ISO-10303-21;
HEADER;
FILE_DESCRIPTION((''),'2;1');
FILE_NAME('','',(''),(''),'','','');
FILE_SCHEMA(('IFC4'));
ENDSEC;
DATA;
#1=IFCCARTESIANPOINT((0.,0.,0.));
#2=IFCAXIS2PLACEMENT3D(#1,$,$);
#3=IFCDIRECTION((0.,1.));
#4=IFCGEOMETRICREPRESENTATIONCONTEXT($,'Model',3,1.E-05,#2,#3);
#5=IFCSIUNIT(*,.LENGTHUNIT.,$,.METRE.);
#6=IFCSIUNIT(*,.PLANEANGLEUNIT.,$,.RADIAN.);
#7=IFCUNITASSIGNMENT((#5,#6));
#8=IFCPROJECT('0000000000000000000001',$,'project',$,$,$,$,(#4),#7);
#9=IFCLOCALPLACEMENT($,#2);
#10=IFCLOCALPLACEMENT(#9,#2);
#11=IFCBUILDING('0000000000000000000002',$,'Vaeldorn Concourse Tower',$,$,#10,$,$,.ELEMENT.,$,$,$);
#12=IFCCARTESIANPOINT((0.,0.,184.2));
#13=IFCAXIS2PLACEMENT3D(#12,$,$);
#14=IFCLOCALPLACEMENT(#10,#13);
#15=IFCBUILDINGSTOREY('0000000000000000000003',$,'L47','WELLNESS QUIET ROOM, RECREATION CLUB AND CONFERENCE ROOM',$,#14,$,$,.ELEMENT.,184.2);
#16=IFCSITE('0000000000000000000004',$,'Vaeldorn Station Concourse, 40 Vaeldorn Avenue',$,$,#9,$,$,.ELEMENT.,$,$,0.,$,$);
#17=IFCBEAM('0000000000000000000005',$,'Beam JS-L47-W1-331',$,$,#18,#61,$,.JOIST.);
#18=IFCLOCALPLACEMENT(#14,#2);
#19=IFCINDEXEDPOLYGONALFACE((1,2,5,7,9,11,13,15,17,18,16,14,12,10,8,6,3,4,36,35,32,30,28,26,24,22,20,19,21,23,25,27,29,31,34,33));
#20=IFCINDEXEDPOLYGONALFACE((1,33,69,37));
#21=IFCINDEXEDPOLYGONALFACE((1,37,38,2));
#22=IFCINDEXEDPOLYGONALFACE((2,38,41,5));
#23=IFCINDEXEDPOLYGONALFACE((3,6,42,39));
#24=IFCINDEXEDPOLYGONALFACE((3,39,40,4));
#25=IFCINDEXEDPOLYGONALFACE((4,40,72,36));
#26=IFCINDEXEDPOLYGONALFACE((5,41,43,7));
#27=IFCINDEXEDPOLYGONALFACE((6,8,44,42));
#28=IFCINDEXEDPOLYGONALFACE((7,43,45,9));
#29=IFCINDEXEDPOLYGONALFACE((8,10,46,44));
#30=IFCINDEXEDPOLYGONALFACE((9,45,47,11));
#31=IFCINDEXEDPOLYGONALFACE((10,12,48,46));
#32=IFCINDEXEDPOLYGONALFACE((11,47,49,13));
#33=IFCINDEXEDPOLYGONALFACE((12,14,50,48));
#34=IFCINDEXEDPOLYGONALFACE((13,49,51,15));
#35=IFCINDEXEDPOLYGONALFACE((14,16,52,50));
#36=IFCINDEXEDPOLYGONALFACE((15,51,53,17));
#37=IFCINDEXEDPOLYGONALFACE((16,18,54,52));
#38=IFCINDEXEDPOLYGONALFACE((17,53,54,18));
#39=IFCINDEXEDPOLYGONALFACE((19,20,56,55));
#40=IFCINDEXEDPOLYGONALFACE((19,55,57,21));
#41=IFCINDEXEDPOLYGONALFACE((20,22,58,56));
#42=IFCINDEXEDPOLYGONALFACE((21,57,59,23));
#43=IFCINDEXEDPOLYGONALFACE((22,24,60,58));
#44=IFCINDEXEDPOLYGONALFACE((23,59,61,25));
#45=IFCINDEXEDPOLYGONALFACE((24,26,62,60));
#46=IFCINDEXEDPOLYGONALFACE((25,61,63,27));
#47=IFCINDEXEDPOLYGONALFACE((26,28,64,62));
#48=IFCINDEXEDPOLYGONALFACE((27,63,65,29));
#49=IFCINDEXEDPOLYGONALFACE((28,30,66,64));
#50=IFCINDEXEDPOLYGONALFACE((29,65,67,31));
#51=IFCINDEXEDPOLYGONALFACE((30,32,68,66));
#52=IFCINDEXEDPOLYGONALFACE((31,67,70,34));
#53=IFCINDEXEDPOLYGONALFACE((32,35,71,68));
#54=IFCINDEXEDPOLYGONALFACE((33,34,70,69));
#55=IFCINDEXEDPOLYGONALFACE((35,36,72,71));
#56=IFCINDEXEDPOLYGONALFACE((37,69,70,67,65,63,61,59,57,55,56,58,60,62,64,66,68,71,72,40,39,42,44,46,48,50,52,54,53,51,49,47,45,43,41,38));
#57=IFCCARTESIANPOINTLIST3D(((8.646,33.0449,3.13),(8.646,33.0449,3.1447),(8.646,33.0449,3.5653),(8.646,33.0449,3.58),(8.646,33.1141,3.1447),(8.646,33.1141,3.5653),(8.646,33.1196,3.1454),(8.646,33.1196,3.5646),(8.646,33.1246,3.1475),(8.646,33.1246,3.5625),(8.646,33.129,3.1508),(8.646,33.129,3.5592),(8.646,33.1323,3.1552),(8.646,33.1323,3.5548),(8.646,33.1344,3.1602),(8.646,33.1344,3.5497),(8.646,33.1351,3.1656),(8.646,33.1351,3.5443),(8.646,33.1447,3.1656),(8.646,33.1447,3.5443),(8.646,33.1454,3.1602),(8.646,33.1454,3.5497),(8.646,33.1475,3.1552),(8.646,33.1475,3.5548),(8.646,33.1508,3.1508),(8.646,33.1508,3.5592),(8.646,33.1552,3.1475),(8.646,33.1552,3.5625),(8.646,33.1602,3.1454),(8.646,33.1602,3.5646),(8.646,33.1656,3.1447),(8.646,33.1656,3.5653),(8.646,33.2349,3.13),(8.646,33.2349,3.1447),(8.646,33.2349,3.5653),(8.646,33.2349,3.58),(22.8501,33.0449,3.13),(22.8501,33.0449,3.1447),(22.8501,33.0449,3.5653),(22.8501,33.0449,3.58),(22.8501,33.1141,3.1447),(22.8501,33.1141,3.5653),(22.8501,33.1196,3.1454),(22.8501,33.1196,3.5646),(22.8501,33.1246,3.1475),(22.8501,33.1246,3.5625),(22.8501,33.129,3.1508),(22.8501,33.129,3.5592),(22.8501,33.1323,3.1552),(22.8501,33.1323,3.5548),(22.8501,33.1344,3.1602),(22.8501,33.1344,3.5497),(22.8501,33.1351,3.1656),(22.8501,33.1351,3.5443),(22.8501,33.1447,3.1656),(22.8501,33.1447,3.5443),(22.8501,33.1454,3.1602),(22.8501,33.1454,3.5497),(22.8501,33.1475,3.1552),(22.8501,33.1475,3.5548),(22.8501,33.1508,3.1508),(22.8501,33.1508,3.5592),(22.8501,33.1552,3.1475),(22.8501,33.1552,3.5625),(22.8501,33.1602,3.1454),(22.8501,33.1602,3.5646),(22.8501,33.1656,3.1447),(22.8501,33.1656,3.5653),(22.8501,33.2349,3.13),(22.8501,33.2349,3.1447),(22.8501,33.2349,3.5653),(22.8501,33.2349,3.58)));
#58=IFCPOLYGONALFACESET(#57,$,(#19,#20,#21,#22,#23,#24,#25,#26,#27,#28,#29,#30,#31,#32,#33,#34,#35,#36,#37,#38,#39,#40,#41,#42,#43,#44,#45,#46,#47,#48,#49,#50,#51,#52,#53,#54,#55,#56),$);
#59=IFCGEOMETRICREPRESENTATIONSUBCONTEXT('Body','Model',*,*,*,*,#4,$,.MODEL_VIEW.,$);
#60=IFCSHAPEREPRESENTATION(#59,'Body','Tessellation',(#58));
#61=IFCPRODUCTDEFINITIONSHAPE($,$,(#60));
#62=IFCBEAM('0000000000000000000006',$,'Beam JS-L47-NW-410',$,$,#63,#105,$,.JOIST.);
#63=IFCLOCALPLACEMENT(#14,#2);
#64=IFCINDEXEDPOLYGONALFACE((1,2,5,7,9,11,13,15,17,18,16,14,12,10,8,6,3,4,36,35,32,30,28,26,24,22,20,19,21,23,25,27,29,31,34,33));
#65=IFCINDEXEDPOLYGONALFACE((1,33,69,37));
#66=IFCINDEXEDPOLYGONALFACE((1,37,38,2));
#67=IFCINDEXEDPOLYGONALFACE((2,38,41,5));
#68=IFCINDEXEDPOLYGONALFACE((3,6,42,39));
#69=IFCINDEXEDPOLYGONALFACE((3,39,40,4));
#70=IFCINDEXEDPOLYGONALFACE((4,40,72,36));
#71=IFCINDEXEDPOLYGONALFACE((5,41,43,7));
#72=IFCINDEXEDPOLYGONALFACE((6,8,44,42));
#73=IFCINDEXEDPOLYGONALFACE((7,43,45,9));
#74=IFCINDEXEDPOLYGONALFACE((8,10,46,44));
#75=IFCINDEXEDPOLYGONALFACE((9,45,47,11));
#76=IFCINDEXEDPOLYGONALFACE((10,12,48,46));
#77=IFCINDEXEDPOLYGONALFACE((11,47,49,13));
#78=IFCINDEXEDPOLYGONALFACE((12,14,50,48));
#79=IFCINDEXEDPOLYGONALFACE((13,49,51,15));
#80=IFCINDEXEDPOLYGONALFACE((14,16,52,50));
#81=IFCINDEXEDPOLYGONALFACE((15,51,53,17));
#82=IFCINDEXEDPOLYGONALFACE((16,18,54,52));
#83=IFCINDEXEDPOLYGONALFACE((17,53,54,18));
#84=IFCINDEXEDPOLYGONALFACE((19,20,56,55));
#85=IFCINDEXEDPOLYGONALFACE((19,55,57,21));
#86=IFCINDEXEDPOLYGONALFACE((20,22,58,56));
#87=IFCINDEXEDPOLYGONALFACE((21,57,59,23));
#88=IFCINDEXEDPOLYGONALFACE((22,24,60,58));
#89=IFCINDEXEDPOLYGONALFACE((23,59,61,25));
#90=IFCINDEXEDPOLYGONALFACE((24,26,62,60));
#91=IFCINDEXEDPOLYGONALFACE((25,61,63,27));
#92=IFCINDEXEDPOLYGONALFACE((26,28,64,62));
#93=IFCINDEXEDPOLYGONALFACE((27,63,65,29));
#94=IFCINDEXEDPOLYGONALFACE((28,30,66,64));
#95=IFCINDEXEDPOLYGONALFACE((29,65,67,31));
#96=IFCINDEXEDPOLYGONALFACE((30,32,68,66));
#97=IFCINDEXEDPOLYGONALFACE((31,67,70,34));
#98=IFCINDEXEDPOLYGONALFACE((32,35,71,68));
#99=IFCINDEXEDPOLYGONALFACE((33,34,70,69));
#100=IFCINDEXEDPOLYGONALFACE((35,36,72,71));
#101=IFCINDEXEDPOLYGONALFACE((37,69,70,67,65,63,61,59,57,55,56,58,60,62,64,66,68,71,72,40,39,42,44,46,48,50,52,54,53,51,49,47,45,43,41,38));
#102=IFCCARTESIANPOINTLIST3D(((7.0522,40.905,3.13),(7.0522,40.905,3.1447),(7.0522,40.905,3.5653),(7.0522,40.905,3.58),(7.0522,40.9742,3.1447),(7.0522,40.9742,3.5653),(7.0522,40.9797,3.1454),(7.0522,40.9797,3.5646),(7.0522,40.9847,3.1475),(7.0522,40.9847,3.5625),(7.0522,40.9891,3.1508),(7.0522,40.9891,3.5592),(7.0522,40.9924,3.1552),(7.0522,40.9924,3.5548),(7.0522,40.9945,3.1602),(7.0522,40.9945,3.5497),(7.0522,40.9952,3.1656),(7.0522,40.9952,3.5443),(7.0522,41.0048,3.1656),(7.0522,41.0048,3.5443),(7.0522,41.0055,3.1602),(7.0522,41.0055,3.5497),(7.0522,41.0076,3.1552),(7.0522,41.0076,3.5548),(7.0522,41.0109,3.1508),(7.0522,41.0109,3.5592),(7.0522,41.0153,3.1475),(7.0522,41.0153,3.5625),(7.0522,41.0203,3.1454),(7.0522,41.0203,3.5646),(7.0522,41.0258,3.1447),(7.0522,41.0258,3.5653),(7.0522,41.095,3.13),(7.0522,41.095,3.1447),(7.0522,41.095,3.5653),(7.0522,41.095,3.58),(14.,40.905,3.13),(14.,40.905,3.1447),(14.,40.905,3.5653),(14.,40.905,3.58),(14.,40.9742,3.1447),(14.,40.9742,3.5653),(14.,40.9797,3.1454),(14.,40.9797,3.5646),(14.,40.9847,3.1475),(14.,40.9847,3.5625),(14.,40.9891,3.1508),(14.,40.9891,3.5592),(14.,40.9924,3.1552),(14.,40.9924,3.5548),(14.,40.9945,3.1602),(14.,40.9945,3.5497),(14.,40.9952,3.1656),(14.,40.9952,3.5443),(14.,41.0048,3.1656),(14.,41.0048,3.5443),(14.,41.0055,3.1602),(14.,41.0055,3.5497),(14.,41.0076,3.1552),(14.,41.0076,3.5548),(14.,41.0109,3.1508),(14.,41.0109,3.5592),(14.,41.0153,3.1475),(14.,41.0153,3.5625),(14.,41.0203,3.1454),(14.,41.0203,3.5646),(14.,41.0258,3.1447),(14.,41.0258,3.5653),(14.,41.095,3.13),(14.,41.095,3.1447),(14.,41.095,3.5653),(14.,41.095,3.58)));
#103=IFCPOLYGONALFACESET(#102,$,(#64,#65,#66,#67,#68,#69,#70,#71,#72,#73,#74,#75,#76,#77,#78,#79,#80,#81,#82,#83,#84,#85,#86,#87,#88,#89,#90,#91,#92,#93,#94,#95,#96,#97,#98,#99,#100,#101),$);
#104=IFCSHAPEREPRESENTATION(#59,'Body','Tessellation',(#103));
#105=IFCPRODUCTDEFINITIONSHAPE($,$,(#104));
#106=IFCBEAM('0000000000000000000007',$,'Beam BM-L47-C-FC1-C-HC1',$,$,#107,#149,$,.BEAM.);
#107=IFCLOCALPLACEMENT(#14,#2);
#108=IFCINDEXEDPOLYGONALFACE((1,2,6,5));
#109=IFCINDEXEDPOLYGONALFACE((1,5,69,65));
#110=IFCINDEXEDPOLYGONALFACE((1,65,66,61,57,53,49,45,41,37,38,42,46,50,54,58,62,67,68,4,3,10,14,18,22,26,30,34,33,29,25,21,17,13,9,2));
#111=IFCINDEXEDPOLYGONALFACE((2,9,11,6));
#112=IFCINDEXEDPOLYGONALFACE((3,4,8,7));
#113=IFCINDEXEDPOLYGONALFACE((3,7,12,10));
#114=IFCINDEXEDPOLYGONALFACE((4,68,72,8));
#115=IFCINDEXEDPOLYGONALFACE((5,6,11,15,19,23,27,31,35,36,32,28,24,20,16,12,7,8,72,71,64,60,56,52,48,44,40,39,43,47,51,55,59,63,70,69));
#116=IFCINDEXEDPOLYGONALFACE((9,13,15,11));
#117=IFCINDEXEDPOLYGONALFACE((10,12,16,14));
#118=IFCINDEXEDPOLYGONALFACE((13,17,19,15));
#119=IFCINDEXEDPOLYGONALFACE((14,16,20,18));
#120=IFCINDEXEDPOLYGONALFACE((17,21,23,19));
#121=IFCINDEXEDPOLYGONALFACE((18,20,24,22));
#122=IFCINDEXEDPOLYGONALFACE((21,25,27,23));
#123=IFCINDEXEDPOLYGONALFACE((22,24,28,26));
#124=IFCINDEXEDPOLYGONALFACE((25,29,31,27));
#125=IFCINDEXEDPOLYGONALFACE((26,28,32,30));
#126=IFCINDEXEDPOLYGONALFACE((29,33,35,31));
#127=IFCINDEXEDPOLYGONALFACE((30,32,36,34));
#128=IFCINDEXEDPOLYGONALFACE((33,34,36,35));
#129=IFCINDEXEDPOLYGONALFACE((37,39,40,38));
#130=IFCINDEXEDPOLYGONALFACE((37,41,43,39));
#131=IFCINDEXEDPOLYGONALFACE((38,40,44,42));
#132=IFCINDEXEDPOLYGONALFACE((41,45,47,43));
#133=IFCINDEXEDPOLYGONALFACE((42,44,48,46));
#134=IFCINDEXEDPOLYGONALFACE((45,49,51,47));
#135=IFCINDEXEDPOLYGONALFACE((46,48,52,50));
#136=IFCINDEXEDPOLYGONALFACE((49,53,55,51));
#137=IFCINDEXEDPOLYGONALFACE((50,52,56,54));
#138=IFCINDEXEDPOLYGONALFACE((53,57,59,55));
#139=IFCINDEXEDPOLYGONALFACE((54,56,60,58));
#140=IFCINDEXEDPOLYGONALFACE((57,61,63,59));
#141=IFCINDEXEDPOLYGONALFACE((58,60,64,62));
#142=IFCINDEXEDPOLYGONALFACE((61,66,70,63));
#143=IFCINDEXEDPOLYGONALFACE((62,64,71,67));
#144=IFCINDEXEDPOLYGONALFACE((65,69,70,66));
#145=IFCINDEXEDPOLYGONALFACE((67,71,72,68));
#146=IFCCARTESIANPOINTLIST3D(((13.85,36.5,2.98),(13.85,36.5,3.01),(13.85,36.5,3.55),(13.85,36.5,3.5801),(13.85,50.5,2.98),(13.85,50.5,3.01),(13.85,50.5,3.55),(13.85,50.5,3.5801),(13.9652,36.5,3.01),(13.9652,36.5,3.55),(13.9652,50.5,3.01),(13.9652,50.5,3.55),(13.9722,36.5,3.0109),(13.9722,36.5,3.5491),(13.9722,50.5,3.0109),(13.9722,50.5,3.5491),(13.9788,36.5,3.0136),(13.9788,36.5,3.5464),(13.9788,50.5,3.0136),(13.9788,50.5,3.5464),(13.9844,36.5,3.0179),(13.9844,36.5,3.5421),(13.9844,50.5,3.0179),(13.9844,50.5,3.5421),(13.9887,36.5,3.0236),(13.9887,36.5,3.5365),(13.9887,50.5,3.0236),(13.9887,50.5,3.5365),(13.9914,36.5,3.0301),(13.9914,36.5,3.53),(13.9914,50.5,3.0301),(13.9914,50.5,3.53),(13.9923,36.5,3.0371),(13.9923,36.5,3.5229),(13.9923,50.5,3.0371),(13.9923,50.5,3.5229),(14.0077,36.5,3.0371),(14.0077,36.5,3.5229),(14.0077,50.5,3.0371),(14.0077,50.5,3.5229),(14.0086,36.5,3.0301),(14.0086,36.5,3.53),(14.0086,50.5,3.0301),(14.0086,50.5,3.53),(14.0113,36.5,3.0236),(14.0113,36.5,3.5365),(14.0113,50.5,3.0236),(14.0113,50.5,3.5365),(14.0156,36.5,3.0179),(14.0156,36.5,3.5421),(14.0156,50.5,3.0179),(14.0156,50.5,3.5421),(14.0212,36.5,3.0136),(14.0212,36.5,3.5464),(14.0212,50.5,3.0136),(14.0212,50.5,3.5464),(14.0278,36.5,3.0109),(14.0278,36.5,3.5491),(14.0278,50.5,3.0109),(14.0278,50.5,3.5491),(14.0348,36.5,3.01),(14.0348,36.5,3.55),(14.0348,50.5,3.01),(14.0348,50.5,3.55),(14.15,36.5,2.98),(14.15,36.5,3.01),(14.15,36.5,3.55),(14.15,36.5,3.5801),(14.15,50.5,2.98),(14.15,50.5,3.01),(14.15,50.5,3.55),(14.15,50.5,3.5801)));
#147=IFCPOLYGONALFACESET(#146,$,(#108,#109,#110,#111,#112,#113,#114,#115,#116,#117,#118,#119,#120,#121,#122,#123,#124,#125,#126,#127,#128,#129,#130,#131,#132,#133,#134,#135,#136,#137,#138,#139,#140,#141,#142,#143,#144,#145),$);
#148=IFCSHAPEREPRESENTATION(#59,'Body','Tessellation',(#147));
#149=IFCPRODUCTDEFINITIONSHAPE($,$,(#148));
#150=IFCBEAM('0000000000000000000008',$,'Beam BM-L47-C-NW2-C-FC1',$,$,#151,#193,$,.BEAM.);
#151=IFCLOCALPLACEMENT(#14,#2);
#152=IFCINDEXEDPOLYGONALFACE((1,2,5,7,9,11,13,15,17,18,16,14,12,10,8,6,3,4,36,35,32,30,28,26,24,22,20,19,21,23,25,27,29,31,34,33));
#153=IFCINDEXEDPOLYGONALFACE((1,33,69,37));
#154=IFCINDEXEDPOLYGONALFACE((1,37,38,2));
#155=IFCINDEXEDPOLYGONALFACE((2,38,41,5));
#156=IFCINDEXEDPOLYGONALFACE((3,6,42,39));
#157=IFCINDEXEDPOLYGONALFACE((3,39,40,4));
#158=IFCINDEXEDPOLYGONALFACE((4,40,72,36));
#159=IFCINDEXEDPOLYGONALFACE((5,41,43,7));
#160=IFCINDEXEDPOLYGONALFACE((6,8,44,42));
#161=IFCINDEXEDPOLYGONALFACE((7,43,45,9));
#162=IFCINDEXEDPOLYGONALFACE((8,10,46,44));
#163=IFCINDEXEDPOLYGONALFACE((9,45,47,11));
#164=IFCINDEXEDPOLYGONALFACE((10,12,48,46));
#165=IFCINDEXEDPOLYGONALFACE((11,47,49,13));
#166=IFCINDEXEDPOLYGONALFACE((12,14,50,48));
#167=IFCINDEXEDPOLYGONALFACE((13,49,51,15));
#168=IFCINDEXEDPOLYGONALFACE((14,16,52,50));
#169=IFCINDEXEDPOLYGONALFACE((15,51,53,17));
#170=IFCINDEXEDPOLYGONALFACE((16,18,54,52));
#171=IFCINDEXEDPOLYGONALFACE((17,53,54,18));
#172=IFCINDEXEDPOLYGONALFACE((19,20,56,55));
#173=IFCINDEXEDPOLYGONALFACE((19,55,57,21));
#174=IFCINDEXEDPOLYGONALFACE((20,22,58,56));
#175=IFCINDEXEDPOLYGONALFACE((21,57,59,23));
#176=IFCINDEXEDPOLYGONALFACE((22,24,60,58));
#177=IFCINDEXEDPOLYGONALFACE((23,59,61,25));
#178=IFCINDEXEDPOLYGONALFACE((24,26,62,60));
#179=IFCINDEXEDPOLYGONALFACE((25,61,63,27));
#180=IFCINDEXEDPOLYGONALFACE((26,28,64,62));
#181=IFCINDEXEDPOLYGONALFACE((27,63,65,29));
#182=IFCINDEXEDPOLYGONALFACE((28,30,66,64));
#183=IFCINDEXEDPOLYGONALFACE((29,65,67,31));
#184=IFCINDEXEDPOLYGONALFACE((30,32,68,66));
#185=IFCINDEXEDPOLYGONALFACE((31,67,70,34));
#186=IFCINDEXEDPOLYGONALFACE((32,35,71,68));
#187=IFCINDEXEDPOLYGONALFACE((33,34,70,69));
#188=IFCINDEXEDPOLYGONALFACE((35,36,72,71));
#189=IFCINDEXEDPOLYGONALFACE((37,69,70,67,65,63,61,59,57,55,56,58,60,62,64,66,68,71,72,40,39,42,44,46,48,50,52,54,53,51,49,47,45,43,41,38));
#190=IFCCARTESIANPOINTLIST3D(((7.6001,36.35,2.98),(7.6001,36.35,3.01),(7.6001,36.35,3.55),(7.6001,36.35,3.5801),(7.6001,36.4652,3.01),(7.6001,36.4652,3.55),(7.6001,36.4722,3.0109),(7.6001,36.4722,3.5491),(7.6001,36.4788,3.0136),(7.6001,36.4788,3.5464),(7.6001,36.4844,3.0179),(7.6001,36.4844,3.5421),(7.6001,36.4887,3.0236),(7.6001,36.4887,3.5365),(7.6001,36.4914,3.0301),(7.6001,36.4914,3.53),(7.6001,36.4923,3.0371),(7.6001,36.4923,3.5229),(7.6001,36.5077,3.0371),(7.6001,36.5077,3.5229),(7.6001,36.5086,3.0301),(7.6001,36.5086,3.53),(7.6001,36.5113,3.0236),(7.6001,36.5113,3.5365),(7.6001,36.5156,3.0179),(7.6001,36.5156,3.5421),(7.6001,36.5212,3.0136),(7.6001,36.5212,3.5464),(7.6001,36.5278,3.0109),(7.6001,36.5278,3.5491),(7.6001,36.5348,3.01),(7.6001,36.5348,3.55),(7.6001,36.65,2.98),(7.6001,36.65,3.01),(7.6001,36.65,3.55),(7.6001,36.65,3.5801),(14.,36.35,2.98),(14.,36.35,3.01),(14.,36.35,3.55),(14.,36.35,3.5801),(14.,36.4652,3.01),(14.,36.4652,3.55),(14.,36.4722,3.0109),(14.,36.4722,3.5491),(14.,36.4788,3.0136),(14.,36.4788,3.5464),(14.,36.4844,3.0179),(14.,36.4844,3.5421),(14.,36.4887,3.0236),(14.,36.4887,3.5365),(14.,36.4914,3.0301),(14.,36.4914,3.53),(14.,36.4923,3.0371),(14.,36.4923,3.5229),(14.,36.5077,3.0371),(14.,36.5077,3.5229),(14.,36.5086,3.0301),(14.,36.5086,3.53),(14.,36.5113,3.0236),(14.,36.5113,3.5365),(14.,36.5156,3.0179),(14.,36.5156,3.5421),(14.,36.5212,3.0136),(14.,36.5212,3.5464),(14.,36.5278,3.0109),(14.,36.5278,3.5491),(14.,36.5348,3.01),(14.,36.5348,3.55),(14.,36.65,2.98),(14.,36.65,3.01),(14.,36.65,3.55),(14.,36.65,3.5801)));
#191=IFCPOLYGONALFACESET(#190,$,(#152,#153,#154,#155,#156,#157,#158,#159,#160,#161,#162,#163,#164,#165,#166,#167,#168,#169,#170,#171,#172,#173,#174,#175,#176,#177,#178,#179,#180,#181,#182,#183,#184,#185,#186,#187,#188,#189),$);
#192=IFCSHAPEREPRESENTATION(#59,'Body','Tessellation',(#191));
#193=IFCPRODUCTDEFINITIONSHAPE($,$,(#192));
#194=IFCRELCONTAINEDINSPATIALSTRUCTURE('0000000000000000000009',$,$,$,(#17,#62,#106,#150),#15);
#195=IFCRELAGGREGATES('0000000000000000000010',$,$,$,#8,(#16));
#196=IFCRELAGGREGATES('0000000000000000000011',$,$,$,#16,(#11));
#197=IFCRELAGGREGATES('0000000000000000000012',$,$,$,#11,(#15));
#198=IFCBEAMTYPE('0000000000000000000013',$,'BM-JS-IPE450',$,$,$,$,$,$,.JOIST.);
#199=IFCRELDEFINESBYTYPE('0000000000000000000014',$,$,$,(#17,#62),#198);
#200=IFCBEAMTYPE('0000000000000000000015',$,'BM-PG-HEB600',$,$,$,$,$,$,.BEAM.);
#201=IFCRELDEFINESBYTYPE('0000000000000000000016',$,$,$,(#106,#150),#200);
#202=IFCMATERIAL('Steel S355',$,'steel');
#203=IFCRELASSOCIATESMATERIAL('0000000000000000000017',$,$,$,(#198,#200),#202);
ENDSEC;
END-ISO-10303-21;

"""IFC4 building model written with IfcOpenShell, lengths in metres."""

from ifc_helpers import new_model, si_unit, direction, frame, origin, origin_2d, place, context, subcontext, project, spatial, i_section, extrude, source, transform, mapped, material, material_profile, profile_set, type_object, element, save


model = new_model("IFC4")

# Units and contexts
model_context = context("Model", 3, precision=1e-05, world=origin(), true_north=direction((0.0, 1.0)))
body_context = subcontext(model_context, "Body", "Model", "MODEL_VIEW")
ifc_project = project(units=[si_unit("LENGTHUNIT", "METRE"), si_unit("PLANEANGLEUNIT", "RADIAN")], contexts=[model_context])

# Site, building, storey
site_placement = place(None, origin())
site = spatial("IfcSite", under=ifc_project, at=site_placement, Name="Vaeldorn Station Concourse, 40 Vaeldorn Avenue", CompositionType="ELEMENT", RefElevation=0.0)
building_placement = place(site_placement, origin())
building = spatial("IfcBuilding", under=site, at=building_placement, Name="Vaeldorn Concourse Tower", CompositionType="ELEMENT")
storey_placement = place(building_placement, frame((0.0, 0.0, 184.2)))
storey = spatial("IfcBuildingStorey", under=building, at=storey_placement, Name="L47", Description="WELLNESS QUIET ROOM, RECREATION CLUB AND CONFERENCE ROOM", CompositionType="ELEMENT", Elevation=184.2)

# Beams
ifc_material_1 = material(Name="Steel S355", Category="steel")
ifc_material_profile_1 = material_profile(ifc_material_1, i_section(OverallWidth=0.1899, OverallDepth=0.45, WebThickness=0.0095, FlangeThickness=0.0146, FilletRadius=0.021, at=origin_2d()), Name="IPE 450")
ifc_profile_set_1 = profile_set([ifc_material_profile_1], Name="Steel S355")
beam_type_1 = type_object("IfcBeamType", Name="BM-JS-IPE450", PredefinedType="JOIST", material=ifc_profile_set_1)
shared_shape_1 = source(origin(), body_context, "Body", "SweptSolid", [
    extrude(i_section(OverallWidth=0.1899, OverallDepth=0.45, WebThickness=0.0095, FlangeThickness=0.0146, FilletRadius=0.021, at=origin_2d()), origin(), (0.0, 0.0, 1.0), 14.2041),
])
beam_1_placement = place(storey_placement, frame((8.646, 33.1399, 3.355), z_axis=(1.0, 0.0, 0.0), x_axis=(0.0, 1.0, 0.0)))
element("IfcBeam", 1, at=beam_1_placement, inside=storey, type_object=beam_type_1, Name="Beam JS-L47-W1-331", PredefinedType="JOIST", context=body_context, shape_type="MappedRepresentation", body=[
    mapped(shared_shape_1, transform((0.0, 0.0, 0.0), scale=1.0)),
])
shared_shape_2 = source(origin(), body_context, "Body", "SweptSolid", [
    extrude(i_section(OverallWidth=0.1899, OverallDepth=0.45, WebThickness=0.0095, FlangeThickness=0.0146, FilletRadius=0.021, at=origin_2d()), origin(), (0.0, 0.0, 1.0), 6.9478),
])
beam_2_placement = place(storey_placement, frame((7.0522, 41.0, 3.355), z_axis=(1.0, 0.0, 0.0), x_axis=(0.0, 1.0, 0.0)))
element("IfcBeam", 2, at=beam_2_placement, inside=storey, type_object=beam_type_1, Name="Beam JS-L47-NW-410", PredefinedType="JOIST", context=body_context, shape_type="MappedRepresentation", body=[
    mapped(shared_shape_2, transform((0.0, 0.0, 0.0), scale=1.0)),
])
ifc_material_profile_2 = material_profile(ifc_material_1, i_section(OverallWidth=0.3, OverallDepth=0.6001, WebThickness=0.0154, FlangeThickness=0.03, FilletRadius=0.0271, at=origin_2d()), Name="HEB 600")
ifc_profile_set_2 = profile_set([ifc_material_profile_2], Name="Steel S355")
beam_type_2 = type_object("IfcBeamType", Name="BM-PG-HEB600", PredefinedType="BEAM", material=ifc_profile_set_2)
shared_shape_3 = source(origin(), body_context, "Body", "SweptSolid", [
    extrude(i_section(OverallWidth=0.3, OverallDepth=0.6001, WebThickness=0.0154, FlangeThickness=0.03, FilletRadius=0.0271, at=origin_2d()), origin(), (0.0, 0.0, 1.0), 14.0),
])
beam_3_placement = place(storey_placement, frame((14.0, 36.5, 3.28), z_axis=(0.0, 1.0, 0.0), x_axis=(-1.0, 0.0, 0.0)))
element("IfcBeam", 3, at=beam_3_placement, inside=storey, type_object=beam_type_2, Name="Beam BM-L47-C-FC1-C-HC1", PredefinedType="BEAM", context=body_context, shape_type="MappedRepresentation", body=[
    mapped(shared_shape_3, transform((0.0, 0.0, 0.0), scale=1.0)),
])
shared_shape_4 = source(origin(), body_context, "Body", "SweptSolid", [
    extrude(i_section(OverallWidth=0.3, OverallDepth=0.6001, WebThickness=0.0154, FlangeThickness=0.03, FilletRadius=0.0271, at=origin_2d()), origin(), (0.0, 0.0, 1.0), 6.3999),
])
beam_4_placement = place(storey_placement, frame((7.6001, 36.5, 3.28), z_axis=(1.0, 0.0, 0.0), x_axis=(0.0, 1.0, 0.0)))
element("IfcBeam", 4, at=beam_4_placement, inside=storey, type_object=beam_type_2, Name="Beam BM-L47-C-NW2-C-FC1", PredefinedType="BEAM", context=body_context, shape_type="MappedRepresentation", body=[
    mapped(shared_shape_4, transform((0.0, 0.0, 0.0), scale=1.0)),
])

save(model, "model.ifc")
